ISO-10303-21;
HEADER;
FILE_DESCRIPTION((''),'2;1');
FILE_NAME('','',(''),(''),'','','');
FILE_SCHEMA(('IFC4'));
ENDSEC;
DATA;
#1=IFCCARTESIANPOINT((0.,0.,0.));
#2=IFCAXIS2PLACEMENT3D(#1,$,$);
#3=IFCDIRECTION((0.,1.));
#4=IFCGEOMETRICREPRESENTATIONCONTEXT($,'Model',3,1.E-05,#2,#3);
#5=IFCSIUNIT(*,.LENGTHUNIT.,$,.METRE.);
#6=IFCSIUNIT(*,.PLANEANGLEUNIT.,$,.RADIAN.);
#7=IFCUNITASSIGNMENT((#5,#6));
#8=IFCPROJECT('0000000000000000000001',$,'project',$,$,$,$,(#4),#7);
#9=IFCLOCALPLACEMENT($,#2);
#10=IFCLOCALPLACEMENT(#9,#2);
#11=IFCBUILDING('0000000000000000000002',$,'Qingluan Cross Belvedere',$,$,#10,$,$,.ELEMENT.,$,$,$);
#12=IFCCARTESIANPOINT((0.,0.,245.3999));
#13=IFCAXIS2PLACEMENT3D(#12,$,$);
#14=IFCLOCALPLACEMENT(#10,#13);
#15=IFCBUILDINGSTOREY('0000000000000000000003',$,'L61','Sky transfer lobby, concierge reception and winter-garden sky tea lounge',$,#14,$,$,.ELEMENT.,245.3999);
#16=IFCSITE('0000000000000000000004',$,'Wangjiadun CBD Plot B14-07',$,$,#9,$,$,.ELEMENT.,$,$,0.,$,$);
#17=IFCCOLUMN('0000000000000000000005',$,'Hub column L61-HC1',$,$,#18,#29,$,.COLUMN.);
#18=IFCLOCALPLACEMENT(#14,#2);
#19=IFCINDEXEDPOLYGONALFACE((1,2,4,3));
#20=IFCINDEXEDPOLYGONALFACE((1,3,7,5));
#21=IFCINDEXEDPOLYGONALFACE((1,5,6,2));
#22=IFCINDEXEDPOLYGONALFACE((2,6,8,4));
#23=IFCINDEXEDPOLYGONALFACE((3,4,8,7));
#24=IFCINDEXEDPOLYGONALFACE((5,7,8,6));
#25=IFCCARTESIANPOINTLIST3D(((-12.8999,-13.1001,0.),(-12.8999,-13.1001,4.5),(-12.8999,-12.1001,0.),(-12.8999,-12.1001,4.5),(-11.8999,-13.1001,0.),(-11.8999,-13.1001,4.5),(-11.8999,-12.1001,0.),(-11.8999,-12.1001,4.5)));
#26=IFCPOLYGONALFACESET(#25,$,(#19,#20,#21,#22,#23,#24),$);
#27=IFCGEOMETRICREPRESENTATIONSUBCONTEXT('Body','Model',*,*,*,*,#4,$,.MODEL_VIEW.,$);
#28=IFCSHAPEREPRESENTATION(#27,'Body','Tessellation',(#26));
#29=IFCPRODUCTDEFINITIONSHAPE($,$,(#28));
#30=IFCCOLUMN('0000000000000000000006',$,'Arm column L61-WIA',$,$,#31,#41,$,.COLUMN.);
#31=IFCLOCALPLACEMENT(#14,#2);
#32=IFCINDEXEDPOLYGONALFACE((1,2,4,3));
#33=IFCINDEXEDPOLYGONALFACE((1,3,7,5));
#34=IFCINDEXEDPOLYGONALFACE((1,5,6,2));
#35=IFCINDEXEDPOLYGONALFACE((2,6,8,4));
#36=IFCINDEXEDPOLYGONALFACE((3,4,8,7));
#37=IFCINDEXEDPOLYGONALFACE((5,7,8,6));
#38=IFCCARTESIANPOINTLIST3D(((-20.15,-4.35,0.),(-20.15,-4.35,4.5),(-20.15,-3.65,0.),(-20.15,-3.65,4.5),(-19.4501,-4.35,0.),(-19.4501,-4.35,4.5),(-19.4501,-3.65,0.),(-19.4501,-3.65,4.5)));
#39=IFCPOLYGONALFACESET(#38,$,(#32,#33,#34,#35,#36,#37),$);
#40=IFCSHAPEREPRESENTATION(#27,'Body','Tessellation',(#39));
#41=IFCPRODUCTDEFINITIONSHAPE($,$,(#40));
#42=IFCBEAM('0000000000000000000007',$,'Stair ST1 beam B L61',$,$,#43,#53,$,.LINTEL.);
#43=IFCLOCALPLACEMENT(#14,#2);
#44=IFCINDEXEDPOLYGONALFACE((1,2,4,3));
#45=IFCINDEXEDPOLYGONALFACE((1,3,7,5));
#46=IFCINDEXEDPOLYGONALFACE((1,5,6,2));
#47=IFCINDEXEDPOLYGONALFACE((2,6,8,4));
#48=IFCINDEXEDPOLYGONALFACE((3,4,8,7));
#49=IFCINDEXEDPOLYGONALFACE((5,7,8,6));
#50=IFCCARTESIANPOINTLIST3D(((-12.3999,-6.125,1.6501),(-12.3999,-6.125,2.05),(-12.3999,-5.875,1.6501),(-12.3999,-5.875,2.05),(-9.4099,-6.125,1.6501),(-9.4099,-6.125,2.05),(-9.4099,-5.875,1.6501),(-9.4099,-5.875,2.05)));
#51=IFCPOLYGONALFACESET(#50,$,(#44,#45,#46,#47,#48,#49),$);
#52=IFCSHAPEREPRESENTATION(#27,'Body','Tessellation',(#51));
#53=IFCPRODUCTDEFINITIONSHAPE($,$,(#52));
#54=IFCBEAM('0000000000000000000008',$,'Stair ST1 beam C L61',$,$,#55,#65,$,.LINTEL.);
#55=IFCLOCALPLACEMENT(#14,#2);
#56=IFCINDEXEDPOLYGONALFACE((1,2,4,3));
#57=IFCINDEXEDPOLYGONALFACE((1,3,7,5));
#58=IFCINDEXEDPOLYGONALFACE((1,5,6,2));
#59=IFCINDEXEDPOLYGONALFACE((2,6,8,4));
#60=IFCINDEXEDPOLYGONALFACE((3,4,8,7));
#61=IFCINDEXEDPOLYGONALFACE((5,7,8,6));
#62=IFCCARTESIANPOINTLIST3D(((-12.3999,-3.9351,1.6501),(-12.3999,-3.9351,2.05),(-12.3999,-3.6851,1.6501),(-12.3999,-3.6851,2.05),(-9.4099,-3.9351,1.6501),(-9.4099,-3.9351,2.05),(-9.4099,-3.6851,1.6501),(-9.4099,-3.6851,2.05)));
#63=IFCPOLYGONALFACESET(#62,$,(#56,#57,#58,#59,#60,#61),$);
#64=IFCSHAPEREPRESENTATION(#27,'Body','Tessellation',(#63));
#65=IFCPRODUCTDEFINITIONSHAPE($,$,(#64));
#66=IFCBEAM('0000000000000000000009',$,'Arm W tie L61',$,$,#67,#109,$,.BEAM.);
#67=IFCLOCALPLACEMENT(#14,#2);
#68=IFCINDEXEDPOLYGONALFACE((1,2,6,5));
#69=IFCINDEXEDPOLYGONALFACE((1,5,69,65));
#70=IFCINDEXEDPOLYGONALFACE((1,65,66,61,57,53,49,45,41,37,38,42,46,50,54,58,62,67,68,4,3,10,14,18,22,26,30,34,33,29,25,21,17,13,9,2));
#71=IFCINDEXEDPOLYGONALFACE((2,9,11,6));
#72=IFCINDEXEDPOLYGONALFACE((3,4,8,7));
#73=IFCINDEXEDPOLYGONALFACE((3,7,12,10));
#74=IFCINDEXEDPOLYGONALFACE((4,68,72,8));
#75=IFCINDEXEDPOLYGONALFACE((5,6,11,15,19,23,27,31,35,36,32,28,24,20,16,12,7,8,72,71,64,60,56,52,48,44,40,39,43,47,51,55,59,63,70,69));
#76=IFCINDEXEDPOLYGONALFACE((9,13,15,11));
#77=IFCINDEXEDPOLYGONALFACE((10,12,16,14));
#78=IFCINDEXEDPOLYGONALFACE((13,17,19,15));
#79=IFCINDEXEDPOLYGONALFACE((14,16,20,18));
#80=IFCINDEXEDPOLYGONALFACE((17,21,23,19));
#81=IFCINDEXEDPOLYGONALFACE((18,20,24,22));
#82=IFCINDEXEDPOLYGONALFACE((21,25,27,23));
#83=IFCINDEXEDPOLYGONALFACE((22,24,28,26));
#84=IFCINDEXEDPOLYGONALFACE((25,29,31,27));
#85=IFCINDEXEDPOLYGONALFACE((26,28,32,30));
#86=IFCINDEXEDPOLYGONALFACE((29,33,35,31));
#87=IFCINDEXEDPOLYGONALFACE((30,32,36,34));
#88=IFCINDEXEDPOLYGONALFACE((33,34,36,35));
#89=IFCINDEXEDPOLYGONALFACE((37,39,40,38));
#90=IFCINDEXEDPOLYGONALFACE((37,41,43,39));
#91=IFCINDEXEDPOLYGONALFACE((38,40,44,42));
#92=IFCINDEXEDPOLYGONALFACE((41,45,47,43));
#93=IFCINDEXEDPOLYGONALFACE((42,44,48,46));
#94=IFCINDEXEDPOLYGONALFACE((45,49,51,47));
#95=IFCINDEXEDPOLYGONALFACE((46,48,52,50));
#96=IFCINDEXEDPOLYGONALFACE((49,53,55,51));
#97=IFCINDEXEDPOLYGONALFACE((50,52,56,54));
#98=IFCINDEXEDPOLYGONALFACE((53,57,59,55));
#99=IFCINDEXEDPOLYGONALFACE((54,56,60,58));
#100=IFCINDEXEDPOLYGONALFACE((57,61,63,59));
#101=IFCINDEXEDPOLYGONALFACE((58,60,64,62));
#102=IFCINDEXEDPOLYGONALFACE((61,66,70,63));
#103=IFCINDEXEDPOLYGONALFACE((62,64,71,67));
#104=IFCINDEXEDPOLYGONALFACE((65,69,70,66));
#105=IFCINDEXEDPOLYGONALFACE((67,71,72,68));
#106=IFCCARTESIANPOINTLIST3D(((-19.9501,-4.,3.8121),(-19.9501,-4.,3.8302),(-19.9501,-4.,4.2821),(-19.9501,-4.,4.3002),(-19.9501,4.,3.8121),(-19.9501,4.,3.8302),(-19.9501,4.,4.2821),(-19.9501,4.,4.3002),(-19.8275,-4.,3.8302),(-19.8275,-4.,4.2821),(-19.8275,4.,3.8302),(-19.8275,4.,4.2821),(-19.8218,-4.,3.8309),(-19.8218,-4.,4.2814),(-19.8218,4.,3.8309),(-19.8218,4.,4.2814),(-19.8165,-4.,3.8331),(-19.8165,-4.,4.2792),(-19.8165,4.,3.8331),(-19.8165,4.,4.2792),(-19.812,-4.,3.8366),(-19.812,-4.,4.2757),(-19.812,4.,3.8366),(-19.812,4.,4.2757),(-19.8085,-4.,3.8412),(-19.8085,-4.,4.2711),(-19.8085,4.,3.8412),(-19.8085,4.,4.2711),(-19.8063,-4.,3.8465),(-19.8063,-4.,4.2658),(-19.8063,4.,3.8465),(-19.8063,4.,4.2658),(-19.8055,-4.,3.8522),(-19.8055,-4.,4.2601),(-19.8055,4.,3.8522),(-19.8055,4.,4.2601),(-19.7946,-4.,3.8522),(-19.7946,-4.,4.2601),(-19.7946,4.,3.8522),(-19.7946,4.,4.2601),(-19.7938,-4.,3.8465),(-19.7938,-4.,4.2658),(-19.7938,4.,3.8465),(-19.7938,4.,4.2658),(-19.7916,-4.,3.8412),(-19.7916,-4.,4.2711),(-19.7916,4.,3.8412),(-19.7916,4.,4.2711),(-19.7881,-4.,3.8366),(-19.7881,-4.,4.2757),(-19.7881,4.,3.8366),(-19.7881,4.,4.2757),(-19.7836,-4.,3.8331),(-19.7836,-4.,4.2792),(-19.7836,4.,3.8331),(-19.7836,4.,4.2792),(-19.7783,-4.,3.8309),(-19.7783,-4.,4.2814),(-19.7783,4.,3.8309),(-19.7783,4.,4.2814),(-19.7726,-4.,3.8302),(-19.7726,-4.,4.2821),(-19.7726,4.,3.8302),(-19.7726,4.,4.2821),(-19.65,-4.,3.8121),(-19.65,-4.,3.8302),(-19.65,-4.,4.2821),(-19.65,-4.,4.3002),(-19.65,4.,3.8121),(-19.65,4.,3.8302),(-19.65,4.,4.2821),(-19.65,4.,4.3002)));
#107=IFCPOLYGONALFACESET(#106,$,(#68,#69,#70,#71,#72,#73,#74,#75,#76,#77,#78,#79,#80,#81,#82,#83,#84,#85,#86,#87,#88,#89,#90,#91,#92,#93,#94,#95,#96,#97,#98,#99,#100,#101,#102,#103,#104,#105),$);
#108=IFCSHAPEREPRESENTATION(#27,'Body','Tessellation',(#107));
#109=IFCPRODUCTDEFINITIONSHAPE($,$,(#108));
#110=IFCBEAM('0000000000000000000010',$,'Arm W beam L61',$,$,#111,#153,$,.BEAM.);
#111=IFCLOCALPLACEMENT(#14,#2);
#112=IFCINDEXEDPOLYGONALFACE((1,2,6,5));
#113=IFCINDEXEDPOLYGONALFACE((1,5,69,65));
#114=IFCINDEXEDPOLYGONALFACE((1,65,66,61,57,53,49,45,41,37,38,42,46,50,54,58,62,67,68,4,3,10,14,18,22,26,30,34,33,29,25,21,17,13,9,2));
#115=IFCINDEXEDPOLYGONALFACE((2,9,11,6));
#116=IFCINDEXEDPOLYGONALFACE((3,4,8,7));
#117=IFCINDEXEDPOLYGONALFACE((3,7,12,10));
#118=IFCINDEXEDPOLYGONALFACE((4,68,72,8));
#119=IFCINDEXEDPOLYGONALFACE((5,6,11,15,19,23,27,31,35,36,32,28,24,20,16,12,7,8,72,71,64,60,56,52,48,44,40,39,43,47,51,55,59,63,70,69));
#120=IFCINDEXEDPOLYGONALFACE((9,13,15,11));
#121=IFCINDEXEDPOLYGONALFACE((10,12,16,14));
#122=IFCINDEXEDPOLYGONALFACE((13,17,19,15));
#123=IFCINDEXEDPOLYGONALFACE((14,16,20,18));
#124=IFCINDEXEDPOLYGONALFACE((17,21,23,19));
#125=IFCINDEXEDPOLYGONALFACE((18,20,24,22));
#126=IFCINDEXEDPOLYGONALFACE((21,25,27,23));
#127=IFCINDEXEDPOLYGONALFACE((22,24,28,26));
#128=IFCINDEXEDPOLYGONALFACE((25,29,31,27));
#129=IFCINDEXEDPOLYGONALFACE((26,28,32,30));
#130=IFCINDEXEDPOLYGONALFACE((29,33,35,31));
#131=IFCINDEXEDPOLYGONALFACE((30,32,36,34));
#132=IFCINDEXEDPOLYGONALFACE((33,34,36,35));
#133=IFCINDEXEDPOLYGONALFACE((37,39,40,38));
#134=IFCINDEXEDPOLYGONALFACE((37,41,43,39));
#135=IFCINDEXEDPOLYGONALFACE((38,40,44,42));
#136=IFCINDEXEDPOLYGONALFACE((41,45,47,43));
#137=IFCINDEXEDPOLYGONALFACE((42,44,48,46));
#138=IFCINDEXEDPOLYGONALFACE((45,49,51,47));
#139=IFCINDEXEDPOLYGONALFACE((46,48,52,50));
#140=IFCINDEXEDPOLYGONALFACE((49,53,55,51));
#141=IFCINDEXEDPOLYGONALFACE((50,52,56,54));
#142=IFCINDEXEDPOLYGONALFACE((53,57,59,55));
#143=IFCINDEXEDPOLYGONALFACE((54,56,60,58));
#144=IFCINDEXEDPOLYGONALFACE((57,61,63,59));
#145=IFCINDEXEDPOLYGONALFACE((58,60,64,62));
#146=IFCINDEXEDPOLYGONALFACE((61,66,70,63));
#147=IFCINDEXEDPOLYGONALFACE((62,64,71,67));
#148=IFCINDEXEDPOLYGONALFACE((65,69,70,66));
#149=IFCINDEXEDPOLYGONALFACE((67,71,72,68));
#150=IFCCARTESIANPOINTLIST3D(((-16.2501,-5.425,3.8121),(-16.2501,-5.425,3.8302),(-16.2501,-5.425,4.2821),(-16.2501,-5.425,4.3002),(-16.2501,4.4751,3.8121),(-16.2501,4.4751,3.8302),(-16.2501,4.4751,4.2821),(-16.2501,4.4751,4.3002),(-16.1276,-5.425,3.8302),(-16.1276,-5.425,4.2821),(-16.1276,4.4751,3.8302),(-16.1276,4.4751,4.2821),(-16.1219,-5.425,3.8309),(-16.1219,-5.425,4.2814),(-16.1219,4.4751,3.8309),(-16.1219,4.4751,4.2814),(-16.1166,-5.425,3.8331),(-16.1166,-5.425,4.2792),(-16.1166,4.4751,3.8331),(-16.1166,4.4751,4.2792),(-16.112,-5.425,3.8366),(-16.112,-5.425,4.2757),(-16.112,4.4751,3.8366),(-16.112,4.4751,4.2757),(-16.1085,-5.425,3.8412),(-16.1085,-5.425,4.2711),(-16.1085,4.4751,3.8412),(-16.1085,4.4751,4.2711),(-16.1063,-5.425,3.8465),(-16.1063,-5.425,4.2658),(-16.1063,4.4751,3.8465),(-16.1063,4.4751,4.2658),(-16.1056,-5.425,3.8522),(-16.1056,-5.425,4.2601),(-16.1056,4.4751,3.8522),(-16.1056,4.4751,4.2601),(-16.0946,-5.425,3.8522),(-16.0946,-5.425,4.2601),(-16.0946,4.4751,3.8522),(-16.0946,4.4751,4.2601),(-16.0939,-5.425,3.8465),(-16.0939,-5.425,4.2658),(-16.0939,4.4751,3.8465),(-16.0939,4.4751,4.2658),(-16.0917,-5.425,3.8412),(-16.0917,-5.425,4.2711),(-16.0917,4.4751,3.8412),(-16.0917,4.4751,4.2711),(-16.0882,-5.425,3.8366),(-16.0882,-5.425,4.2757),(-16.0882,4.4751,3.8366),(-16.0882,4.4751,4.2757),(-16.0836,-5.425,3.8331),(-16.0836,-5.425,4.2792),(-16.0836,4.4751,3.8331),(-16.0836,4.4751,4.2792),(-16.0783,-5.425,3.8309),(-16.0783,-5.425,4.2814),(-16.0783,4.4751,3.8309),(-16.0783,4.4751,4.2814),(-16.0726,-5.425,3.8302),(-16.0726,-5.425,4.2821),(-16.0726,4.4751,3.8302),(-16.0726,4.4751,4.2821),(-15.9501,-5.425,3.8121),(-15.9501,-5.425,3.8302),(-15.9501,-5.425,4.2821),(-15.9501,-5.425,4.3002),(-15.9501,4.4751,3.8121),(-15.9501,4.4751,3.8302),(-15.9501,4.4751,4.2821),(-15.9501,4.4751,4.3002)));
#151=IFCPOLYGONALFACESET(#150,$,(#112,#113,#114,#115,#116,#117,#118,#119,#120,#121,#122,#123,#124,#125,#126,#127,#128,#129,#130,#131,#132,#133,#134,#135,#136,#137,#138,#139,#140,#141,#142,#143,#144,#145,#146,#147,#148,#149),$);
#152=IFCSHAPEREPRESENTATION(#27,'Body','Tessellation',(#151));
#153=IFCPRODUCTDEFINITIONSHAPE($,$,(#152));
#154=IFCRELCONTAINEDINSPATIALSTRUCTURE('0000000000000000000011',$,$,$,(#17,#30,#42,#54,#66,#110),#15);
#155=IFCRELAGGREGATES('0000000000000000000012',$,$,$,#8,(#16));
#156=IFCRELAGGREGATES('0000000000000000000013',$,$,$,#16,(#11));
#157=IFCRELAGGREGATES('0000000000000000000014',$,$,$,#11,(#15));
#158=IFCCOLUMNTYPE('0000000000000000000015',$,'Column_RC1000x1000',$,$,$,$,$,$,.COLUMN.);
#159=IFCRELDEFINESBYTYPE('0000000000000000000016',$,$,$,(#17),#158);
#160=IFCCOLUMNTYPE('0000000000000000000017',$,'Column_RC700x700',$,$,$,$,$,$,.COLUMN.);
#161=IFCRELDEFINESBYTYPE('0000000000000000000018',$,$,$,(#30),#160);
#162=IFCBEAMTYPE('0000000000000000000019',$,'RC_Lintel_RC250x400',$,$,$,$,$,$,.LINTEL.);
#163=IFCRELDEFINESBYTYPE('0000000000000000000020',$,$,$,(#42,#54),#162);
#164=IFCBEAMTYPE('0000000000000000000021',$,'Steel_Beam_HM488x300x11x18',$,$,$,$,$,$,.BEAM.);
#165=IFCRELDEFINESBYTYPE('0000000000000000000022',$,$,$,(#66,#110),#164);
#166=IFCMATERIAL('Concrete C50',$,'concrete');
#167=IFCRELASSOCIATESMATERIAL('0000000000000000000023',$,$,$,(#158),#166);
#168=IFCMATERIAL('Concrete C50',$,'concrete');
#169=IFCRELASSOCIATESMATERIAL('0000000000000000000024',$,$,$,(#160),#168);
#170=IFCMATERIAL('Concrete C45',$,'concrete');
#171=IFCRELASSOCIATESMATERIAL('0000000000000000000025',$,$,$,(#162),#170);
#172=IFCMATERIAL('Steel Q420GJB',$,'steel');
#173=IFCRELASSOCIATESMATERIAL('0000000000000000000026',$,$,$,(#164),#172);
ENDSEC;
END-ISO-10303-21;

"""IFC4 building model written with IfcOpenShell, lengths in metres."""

from ifc_helpers import new_model, si_unit, direction, frame, origin, origin_2d, place, context, subcontext, project, spatial, rectangle, i_section, extrude, material, material_profile, profile_set, type_object, element, save


model = new_model("IFC4")

# Units and contexts
model_context = context("Model", 3, precision=1e-05, world=origin(), true_north=direction((0.0, 1.0)))
body_context = subcontext(model_context, "Body", "Model", "MODEL_VIEW")
ifc_project = project(units=[si_unit("LENGTHUNIT", "METRE"), si_unit("PLANEANGLEUNIT", "RADIAN")], contexts=[model_context])

# Site, building, storey
site_placement = place(None, origin())
site = spatial("IfcSite", under=ifc_project, at=site_placement, Name="Wangjiadun CBD Plot B14-07", CompositionType="ELEMENT", RefElevation=0.0)
building_placement = place(site_placement, origin())
building = spatial("IfcBuilding", under=site, at=building_placement, Name="Qingluan Cross Belvedere", CompositionType="ELEMENT")
storey_placement = place(building_placement, frame((0.0, 0.0, 245.3999)))
storey = spatial("IfcBuildingStorey", under=building, at=storey_placement, Name="L61", Description="Sky transfer lobby, concierge reception and winter-garden sky tea lounge", CompositionType="ELEMENT", Elevation=245.3999)

# Columns
ifc_material_1 = material(Name="Concrete C50", Category="concrete")
ifc_material_profile_1 = material_profile(ifc_material_1, rectangle(XDim=1.0, YDim=1.0, at=origin_2d()), Name="RC1000x1000")
ifc_profile_set_1 = profile_set([ifc_material_profile_1], Name="Concrete C50")
column_type_1 = type_object("IfcColumnType", Name="Column_RC1000x1000", PredefinedType="COLUMN", material=ifc_profile_set_1)
column_1_placement = place(storey_placement, frame((-12.3999, -12.6001, 0.0), z_axis=(0.0, 0.0, 1.0), x_axis=(1.0, 0.0, 0.0)))
element("IfcColumn", 1, at=column_1_placement, inside=storey, type_object=column_type_1, Name="Hub column L61-HC1", PredefinedType="COLUMN", context=body_context, shape_type="SweptSolid", body=[
    extrude(rectangle(XDim=1.0, YDim=1.0, at=origin_2d()), origin(), (0.0, 0.0, 1.0), 4.5),
])
ifc_material_2 = material(Name="Concrete C50", Category="concrete")
ifc_material_profile_2 = material_profile(ifc_material_2, rectangle(XDim=0.7, YDim=0.7, at=origin_2d()), Name="RC700x700")
ifc_profile_set_2 = profile_set([ifc_material_profile_2], Name="Concrete C50")
column_type_2 = type_object("IfcColumnType", Name="Column_RC700x700", PredefinedType="COLUMN", material=ifc_profile_set_2)
column_2_placement = place(storey_placement, frame((-19.8, -4.0, 0.0), z_axis=(0.0, 0.0, 1.0), x_axis=(1.0, 0.0, 0.0)))
element("IfcColumn", 2, at=column_2_placement, inside=storey, type_object=column_type_2, Name="Arm column L61-WIA", PredefinedType="COLUMN", context=body_context, shape_type="SweptSolid", body=[
    extrude(rectangle(XDim=0.7, YDim=0.7, at=origin_2d()), origin(), (0.0, 0.0, 1.0), 4.5),
])

# Beams
ifc_material_3 = material(Name="Concrete C45", Category="concrete")
ifc_material_profile_3 = material_profile(ifc_material_3, rectangle(XDim=0.25, YDim=0.3999, at=origin_2d()), Name="RC250x400")
ifc_profile_set_3 = profile_set([ifc_material_profile_3], Name="Concrete C45")
beam_type_1 = type_object("IfcBeamType", Name="RC_Lintel_RC250x400", PredefinedType="LINTEL", material=ifc_profile_set_3)
for number, where, z_axis, x_axis, name in (
    (3, (-12.3999, -6.0, 1.8501), (1.0, 0.0, 0.0), (0.0, 1.0, 0.0), "Stair ST1 beam B L61"),
    (4, (-12.3999, -3.8101, 1.8501), (1.0, 0.0, 0.0), (0.0, 1.0, 0.0), "Stair ST1 beam C L61"),
):
    element("IfcBeam", number, at=place(storey_placement, frame(where, z_axis=z_axis, x_axis=x_axis)), inside=storey, type_object=beam_type_1, Name=name, PredefinedType="LINTEL", context=body_context, shape_type="SweptSolid", body=[
        extrude(rectangle(XDim=0.25, YDim=0.3999, at=origin_2d()), origin(), (0.0, 0.0, 1.0), 2.99),
    ])
ifc_material_4 = material(Name="Steel Q420GJB", Category="steel")
ifc_material_profile_4 = material_profile(ifc_material_4, i_section(OverallWidth=0.3, OverallDepth=0.488, WebThickness=0.011, FlangeThickness=0.0181, FilletRadius=0.022, at=origin_2d()), Name="HM488x300x11x18")
ifc_profile_set_4 = profile_set([ifc_material_profile_4], Name="Steel Q420GJB")
beam_type_2 = type_object("IfcBeamType", Name="Steel_Beam_HM488x300x11x18", PredefinedType="BEAM", material=ifc_profile_set_4)
beam_1_placement = place(storey_placement, frame((-19.8, -4.0, 4.0562), z_axis=(0.0, 1.0, 0.0), x_axis=(-1.0, 0.0, 0.0)))
element("IfcBeam", 5, at=beam_1_placement, inside=storey, type_object=beam_type_2, Name="Arm W tie L61", PredefinedType="BEAM", context=body_context, shape_type="SweptSolid", body=[
    extrude(i_section(OverallWidth=0.3, OverallDepth=0.488, WebThickness=0.011, FlangeThickness=0.0181, FilletRadius=0.022, at=origin_2d()), origin(), (0.0, 0.0, 1.0), 8.0),
])
beam_2_placement = place(storey_placement, frame((-16.1001, -5.425, 4.0562), z_axis=(0.0, 1.0, 0.0), x_axis=(-1.0, 0.0, 0.0)))
element("IfcBeam", 6, at=beam_2_placement, inside=storey, type_object=beam_type_2, Name="Arm W beam L61", PredefinedType="BEAM", context=body_context, shape_type="SweptSolid", body=[
    extrude(i_section(OverallWidth=0.3, OverallDepth=0.488, WebThickness=0.011, FlangeThickness=0.0181, FilletRadius=0.022, at=origin_2d()), origin(), (0.0, 0.0, 1.0), 9.9001),
])

save(model, "model.ifc")
